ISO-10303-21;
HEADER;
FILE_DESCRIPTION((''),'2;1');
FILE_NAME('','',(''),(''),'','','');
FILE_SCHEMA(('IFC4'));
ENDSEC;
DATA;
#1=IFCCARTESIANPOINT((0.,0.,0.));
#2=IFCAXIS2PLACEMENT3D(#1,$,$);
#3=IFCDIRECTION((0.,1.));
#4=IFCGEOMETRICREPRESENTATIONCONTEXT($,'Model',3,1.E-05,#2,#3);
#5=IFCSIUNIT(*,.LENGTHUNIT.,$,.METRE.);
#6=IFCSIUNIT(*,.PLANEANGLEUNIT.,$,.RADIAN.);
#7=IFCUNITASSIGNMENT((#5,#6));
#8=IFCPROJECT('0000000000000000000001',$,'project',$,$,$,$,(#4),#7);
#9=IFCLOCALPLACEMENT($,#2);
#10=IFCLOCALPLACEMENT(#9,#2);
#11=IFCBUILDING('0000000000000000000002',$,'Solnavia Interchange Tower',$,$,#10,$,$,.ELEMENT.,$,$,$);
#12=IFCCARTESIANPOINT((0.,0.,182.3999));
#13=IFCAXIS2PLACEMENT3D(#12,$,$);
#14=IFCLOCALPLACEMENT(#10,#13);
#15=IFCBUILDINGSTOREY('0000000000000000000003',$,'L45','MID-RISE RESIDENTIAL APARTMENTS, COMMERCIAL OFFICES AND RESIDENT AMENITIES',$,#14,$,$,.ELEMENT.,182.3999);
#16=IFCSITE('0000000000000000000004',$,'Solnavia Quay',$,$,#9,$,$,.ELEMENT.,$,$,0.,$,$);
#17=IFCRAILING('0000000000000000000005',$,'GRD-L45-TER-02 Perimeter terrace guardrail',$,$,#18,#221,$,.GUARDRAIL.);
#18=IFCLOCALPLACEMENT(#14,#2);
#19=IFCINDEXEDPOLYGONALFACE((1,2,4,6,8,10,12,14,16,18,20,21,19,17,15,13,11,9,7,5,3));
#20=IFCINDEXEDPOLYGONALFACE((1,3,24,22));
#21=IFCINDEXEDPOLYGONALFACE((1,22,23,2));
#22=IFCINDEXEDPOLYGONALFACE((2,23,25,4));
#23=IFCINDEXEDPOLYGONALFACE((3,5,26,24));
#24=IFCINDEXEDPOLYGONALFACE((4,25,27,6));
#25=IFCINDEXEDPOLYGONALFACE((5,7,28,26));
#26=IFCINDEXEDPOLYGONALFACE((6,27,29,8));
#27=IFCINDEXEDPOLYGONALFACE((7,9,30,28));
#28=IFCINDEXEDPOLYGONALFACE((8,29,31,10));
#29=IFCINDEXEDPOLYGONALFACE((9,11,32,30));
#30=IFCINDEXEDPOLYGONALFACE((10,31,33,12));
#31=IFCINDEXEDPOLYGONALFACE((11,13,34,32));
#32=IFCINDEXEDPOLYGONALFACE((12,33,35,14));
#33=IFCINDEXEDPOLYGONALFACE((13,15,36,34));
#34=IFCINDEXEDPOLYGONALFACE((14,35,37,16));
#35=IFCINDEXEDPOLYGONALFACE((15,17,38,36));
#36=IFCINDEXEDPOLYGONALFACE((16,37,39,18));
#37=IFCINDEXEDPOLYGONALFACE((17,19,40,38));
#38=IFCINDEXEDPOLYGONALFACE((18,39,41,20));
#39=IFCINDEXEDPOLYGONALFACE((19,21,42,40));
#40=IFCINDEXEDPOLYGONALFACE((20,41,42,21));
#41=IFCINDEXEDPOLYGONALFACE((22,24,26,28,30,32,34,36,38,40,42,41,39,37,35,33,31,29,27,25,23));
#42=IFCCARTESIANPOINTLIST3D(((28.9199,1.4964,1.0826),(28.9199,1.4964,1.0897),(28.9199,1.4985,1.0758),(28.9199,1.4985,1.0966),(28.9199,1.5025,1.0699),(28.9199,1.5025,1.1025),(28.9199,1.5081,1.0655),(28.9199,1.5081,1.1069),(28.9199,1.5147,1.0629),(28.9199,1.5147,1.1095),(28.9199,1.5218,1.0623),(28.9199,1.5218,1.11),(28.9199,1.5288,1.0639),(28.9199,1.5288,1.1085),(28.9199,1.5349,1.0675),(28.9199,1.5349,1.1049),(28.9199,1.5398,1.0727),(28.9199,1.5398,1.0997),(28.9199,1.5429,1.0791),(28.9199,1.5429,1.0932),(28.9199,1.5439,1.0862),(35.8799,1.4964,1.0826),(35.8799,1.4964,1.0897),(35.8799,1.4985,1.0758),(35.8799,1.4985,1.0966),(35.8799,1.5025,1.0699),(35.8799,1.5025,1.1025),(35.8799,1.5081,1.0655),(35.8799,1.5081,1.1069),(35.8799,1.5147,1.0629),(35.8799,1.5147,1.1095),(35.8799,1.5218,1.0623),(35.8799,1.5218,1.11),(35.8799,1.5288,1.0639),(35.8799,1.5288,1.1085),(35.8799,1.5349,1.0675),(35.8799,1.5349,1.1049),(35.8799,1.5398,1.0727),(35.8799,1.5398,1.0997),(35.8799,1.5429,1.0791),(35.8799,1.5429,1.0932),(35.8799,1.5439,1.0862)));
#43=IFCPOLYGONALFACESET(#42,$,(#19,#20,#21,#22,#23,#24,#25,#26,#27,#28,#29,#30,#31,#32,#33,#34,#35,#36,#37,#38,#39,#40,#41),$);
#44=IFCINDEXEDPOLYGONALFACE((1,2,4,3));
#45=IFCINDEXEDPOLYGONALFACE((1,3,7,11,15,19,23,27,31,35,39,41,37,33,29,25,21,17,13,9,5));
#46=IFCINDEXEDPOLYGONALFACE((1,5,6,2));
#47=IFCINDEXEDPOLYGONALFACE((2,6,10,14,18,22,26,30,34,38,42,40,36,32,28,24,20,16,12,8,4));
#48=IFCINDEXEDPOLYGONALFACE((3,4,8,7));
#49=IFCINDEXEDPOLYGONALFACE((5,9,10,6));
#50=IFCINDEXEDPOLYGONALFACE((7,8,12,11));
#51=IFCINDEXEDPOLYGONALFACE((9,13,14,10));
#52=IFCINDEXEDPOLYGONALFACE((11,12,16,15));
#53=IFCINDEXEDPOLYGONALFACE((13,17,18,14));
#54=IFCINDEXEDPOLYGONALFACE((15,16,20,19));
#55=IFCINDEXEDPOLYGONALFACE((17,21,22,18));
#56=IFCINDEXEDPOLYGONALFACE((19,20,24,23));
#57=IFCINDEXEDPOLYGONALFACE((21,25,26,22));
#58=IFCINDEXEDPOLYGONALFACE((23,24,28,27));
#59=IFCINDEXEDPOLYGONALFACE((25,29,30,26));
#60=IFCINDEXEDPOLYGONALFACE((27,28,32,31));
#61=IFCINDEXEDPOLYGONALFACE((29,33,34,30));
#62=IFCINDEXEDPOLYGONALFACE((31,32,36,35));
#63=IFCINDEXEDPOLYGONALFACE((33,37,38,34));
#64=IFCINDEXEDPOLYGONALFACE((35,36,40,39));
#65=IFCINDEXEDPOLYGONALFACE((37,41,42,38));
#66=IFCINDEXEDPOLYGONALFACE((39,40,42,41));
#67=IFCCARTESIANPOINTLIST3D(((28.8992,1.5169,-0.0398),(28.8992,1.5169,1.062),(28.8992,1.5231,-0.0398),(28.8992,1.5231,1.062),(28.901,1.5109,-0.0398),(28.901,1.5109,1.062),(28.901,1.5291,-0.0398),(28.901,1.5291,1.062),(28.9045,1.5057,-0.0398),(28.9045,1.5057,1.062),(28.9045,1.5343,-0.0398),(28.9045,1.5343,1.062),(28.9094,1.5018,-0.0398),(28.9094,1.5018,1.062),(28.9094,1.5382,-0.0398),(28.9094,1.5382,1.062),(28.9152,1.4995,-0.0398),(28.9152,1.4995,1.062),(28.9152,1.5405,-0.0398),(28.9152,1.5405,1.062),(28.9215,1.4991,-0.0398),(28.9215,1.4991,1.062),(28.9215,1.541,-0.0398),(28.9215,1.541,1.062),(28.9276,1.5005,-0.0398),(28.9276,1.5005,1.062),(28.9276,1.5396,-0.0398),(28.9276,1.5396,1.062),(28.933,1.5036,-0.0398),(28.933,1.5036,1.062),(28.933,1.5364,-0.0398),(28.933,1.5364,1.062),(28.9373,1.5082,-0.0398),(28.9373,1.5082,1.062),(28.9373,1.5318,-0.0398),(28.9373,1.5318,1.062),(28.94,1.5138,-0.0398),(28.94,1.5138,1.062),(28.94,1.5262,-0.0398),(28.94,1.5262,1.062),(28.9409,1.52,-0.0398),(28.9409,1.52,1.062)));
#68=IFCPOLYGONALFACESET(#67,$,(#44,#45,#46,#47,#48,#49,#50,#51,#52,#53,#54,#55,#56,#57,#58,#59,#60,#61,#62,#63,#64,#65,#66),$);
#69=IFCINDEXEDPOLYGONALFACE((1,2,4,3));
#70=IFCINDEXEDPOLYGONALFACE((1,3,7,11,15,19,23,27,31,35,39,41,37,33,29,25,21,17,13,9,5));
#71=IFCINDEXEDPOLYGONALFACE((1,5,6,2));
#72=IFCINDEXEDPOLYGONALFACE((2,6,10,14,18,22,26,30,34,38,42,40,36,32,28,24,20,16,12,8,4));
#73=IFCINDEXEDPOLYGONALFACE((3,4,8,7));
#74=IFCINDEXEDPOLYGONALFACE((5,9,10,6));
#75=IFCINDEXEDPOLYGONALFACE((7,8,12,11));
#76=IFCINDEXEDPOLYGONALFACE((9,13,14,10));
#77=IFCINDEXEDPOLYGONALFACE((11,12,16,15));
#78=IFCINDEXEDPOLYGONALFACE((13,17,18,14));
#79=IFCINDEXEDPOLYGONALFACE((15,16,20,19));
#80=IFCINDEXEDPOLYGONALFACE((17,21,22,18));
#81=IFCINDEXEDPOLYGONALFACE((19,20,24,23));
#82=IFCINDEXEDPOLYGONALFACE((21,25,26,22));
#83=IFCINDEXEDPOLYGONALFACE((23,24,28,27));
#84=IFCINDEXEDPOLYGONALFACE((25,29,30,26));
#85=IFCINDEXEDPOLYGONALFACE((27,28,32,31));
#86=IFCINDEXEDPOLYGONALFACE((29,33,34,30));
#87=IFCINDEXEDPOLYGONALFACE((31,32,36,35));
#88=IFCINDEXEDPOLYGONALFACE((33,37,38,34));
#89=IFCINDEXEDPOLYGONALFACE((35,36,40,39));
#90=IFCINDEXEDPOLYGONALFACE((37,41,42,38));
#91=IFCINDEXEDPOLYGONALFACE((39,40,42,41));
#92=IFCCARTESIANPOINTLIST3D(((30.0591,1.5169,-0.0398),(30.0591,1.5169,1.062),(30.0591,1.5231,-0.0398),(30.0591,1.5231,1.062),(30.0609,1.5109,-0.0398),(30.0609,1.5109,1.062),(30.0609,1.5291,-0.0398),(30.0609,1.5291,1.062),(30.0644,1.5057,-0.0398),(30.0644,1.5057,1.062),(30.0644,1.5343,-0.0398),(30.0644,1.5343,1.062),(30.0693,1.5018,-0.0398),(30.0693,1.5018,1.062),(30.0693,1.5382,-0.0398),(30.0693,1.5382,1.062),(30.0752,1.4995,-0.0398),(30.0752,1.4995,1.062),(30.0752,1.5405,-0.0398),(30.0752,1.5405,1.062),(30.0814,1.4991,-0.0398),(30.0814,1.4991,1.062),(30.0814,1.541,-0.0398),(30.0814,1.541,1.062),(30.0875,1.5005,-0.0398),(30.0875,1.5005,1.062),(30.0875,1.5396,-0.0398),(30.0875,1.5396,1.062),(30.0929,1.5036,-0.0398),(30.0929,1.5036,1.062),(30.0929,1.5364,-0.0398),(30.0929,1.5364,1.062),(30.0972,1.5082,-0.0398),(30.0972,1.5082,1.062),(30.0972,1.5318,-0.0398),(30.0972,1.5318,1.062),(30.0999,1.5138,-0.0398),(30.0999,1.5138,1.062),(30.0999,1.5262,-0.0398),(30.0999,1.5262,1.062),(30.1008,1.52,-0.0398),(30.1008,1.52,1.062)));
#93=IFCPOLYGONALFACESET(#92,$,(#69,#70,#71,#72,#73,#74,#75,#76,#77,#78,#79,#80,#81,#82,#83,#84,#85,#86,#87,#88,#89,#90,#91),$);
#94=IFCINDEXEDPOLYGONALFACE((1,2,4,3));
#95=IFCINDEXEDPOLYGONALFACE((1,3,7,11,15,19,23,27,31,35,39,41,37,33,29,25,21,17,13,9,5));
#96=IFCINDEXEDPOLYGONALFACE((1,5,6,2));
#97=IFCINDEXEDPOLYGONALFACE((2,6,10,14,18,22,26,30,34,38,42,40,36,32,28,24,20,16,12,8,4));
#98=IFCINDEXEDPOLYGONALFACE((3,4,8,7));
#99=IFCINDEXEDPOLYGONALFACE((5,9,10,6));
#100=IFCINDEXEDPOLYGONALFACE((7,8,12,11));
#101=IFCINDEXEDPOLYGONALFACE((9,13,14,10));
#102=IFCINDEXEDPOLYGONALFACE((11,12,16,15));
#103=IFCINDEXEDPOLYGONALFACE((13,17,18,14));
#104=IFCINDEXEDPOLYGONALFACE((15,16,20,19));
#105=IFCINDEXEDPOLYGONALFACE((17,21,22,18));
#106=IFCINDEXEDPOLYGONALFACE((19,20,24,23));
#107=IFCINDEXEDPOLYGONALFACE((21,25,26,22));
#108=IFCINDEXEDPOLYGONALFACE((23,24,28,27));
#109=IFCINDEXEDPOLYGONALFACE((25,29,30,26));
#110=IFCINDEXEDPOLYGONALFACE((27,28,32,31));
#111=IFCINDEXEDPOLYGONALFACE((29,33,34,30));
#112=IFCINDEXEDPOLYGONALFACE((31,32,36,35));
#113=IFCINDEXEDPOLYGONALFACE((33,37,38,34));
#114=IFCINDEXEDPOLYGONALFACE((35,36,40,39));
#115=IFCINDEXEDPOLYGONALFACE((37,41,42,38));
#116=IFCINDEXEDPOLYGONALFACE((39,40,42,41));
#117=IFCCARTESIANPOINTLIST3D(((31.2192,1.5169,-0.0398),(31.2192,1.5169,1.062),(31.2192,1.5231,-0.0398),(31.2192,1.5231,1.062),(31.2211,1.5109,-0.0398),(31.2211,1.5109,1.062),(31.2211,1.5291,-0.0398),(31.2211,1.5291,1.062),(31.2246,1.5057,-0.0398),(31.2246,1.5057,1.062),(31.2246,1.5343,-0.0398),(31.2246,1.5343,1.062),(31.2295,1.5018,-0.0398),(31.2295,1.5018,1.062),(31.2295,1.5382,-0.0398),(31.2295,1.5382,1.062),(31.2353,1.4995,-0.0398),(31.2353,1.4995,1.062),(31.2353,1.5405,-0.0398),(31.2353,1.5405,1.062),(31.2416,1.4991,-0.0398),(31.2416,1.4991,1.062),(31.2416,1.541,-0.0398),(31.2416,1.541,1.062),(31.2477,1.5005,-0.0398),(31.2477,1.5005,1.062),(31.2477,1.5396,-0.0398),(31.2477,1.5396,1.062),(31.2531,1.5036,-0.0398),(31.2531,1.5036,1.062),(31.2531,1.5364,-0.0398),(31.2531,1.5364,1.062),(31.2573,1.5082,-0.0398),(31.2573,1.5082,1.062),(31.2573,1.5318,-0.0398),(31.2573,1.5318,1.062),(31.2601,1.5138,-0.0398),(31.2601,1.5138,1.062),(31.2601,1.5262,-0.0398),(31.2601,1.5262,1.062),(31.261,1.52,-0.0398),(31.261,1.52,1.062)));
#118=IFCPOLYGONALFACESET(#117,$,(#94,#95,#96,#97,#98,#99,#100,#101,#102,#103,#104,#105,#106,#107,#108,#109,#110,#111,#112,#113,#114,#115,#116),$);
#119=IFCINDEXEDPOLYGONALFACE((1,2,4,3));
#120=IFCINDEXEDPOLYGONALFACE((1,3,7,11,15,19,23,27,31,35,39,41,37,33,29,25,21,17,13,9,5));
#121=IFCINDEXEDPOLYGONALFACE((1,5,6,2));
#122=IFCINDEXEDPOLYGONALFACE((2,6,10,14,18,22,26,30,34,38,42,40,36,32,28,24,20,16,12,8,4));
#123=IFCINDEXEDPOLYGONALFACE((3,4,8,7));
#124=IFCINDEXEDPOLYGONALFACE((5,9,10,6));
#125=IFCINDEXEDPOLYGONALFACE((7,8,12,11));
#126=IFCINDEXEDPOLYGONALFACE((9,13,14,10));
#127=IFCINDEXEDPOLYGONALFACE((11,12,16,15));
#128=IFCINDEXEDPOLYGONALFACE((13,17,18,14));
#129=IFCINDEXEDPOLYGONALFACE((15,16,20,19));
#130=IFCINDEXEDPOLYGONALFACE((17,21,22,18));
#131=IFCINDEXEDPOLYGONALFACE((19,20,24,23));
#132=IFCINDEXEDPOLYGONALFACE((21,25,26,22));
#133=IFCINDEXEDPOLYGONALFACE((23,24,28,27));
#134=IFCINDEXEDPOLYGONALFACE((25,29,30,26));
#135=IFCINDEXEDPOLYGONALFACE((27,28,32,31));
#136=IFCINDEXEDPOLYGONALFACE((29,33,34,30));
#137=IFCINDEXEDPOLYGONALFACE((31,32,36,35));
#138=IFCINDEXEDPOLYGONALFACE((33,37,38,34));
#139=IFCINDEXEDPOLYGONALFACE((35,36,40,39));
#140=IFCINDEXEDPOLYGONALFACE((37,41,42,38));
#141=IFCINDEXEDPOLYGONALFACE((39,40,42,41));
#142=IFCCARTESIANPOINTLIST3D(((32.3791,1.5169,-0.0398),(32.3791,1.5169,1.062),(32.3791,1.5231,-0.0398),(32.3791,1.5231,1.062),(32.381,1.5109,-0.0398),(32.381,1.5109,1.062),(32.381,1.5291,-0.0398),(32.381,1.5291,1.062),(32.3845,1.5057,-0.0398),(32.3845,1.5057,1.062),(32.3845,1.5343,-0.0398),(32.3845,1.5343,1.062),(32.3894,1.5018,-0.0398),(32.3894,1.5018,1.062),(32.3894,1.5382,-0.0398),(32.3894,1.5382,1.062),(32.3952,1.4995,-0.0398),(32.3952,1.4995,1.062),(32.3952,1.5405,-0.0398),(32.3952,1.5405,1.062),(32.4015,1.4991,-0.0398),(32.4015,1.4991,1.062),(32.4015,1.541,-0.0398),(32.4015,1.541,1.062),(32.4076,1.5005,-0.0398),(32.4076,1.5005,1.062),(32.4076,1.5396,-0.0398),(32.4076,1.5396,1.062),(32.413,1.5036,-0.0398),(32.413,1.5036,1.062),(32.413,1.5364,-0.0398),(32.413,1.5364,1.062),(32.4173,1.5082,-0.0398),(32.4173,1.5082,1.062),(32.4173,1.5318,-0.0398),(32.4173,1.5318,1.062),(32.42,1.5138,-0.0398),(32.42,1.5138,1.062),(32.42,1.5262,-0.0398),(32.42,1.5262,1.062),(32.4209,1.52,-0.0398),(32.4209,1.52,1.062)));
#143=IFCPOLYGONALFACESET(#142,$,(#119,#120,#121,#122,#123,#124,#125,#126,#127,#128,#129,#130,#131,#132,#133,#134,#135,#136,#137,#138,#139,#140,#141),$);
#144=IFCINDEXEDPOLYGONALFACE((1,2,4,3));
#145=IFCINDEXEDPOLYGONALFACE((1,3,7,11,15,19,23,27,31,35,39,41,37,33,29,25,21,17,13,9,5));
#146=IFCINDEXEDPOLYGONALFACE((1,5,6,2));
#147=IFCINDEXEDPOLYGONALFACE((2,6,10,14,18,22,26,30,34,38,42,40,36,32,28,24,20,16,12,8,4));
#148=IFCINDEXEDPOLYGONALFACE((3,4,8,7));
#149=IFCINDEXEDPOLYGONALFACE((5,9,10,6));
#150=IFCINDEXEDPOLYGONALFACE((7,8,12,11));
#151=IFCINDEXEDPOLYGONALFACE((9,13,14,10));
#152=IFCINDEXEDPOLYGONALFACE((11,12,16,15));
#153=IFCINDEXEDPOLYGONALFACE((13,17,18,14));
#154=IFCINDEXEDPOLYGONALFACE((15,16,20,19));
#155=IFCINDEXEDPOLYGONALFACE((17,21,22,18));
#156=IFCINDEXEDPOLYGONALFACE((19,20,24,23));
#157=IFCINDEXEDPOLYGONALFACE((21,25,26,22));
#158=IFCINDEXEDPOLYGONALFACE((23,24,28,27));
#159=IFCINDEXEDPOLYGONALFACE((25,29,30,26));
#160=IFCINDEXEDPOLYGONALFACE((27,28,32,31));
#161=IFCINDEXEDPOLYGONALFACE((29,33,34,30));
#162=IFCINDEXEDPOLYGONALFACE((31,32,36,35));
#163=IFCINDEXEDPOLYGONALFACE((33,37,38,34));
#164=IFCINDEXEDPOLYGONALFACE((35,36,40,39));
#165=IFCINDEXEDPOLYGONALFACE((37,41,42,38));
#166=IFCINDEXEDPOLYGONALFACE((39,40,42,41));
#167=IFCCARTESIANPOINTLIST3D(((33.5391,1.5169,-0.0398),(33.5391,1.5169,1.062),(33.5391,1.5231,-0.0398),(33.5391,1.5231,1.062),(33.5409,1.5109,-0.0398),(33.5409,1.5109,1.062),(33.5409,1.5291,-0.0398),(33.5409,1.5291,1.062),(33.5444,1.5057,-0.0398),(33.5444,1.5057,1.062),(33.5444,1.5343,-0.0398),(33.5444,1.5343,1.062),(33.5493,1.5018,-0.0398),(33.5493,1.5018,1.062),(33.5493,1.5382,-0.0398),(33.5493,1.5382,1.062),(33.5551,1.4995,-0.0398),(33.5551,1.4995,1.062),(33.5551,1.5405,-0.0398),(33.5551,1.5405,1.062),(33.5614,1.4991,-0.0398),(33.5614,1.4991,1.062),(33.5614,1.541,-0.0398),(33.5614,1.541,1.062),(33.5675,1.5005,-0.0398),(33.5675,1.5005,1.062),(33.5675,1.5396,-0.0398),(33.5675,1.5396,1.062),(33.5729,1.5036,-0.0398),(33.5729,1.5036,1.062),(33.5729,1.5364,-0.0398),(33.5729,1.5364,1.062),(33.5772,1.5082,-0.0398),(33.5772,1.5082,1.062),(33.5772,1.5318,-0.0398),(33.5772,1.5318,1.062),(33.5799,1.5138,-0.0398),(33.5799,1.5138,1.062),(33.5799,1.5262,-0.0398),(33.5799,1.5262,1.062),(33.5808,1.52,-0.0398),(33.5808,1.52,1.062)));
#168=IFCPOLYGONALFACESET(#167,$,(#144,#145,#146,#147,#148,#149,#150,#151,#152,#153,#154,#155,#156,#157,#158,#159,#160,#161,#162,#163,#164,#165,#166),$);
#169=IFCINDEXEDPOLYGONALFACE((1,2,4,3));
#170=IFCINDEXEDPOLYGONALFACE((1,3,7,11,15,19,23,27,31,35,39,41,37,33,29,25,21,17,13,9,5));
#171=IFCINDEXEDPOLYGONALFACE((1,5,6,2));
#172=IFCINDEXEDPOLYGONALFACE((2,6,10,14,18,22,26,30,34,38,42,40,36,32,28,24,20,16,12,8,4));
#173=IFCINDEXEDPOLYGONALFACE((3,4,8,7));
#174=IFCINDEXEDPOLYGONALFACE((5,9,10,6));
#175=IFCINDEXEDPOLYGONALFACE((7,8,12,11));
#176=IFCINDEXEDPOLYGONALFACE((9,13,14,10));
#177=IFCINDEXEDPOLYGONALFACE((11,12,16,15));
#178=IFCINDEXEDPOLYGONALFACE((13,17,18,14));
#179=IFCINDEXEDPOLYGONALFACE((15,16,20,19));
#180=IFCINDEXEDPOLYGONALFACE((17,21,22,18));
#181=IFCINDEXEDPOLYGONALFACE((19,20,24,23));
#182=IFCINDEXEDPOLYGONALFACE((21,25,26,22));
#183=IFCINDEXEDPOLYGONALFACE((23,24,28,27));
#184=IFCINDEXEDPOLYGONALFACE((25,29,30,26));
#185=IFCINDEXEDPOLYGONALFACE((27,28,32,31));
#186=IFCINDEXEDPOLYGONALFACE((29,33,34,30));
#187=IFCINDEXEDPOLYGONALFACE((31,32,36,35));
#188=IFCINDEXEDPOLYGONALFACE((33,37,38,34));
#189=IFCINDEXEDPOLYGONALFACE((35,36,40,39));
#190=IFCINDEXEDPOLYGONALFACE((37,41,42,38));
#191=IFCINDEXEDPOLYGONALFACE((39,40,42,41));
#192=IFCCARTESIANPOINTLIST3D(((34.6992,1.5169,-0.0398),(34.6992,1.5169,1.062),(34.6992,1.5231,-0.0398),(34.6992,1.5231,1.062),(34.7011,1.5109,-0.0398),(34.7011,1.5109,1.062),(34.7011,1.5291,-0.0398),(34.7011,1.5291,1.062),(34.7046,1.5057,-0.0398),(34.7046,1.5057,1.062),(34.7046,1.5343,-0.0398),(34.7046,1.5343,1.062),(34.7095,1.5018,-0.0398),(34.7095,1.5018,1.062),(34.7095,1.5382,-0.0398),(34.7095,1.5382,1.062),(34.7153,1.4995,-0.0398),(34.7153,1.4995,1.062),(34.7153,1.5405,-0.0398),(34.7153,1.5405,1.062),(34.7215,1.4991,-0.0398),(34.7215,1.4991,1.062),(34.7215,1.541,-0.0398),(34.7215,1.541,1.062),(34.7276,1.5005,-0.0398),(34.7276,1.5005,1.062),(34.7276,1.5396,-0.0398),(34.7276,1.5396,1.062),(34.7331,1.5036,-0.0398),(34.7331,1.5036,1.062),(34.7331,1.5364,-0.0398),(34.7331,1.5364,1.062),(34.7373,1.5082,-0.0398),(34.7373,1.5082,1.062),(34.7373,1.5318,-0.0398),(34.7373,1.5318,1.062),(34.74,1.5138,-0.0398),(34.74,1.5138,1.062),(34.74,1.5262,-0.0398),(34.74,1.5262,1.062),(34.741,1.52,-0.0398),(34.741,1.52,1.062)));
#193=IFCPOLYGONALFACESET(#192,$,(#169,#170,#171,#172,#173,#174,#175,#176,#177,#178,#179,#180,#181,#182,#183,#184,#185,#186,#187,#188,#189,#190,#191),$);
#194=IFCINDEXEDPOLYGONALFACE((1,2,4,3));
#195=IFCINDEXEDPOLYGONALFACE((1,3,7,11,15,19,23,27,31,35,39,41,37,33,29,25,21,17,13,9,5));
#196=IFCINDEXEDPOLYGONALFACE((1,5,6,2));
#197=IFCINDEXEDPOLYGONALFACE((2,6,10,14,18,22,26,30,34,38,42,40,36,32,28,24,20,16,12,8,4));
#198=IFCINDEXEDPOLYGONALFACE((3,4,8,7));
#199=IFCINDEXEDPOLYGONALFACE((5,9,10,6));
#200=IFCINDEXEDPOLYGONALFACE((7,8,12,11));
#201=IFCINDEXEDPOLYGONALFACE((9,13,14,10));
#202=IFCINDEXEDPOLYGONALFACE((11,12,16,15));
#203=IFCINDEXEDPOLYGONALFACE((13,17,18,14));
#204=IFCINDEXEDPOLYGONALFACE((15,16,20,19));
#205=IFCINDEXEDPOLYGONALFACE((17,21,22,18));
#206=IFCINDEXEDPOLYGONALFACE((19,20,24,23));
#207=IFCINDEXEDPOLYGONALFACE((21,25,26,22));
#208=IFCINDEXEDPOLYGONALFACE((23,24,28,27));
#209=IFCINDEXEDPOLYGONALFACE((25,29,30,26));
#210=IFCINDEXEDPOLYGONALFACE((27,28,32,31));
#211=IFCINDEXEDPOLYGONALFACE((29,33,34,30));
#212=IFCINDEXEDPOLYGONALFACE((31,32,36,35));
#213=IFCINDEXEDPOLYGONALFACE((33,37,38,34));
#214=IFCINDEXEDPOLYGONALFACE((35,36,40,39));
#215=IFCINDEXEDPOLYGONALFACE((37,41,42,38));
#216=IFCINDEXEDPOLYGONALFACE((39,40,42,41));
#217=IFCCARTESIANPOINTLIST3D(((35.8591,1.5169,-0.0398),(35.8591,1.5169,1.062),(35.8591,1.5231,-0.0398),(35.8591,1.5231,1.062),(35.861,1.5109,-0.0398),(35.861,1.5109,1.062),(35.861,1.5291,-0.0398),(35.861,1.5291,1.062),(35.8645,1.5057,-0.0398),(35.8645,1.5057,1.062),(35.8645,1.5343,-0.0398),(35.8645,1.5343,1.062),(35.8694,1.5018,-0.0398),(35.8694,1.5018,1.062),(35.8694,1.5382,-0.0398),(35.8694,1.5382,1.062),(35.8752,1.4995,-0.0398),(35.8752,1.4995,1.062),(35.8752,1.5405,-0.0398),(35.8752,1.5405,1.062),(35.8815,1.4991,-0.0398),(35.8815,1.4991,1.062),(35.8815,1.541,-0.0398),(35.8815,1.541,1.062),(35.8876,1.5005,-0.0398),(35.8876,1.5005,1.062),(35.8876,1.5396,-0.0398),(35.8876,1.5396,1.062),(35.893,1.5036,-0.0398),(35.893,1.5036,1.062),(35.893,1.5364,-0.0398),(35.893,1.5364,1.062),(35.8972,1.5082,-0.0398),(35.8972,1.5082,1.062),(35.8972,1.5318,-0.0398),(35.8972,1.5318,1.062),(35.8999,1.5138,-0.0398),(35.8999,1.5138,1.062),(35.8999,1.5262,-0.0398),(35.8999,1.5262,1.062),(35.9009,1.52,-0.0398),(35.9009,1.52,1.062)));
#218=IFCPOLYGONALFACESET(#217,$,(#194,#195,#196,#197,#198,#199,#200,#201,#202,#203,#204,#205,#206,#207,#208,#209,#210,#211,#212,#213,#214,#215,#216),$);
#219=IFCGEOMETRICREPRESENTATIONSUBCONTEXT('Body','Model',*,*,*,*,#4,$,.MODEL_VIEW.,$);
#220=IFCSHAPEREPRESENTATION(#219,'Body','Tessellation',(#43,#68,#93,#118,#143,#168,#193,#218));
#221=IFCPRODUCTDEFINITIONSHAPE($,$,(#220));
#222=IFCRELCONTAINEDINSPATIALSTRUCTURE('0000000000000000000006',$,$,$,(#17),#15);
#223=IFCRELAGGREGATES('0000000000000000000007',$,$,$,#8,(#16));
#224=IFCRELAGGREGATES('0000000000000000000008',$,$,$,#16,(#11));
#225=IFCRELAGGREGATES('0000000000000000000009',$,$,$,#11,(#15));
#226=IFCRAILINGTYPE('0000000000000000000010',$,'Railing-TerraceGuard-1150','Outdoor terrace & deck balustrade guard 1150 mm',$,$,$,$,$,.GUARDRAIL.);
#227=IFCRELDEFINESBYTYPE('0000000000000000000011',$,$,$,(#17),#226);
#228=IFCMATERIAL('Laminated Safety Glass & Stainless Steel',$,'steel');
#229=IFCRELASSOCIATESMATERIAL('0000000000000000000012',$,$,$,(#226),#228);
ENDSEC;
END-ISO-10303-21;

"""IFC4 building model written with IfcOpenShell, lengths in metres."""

from ifc_helpers import new_model, si_unit, direction, frame, origin, origin_2d, place, context, subcontext, project, spatial, circle, extrude, material, type_object, element, save


model = new_model("IFC4")

# Units and contexts
model_context = context("Model", 3, precision=1e-05, world=origin(), true_north=direction((0.0, 1.0)))
body_context = subcontext(model_context, "Body", "Model", "MODEL_VIEW")
ifc_project = project(units=[si_unit("LENGTHUNIT", "METRE"), si_unit("PLANEANGLEUNIT", "RADIAN")], contexts=[model_context])

# Site, building, storey
site_placement = place(None, origin())
site = spatial("IfcSite", under=ifc_project, at=site_placement, Name="Solnavia Quay", CompositionType="ELEMENT", RefElevation=0.0)
building_placement = place(site_placement, origin())
building = spatial("IfcBuilding", under=site, at=building_placement, Name="Solnavia Interchange Tower", CompositionType="ELEMENT")
storey_placement = place(building_placement, frame((0.0, 0.0, 182.3999)))
storey = spatial("IfcBuildingStorey", under=building, at=storey_placement, Name="L45", Description="MID-RISE RESIDENTIAL APARTMENTS, COMMERCIAL OFFICES AND RESIDENT AMENITIES", CompositionType="ELEMENT", Elevation=182.3999)

# Railing
ifc_material_1 = material(Name="Laminated Safety Glass & Stainless Steel", Category="steel")
railing_type_1 = type_object("IfcRailingType", Name="Railing-TerraceGuard-1150", Description="Outdoor terrace & deck balustrade guard 1150 mm", PredefinedType="GUARDRAIL", material=ifc_material_1)
railing_1_placement = place(storey_placement, frame((28.9199, 1.52, -0.0398)))
element("IfcRailing", 1, at=railing_1_placement, inside=storey, type_object=railing_type_1, Name="GRD-L45-TER-02 Perimeter terrace guardrail", PredefinedType="GUARDRAIL", context=body_context, shape_type="SweptSolid", body=[
    extrude(circle(Radius=0.0239, at=origin_2d()), frame((0.0, 0.0, 1.126), z_axis=(1.0, 0.0, 0.0), x_axis=(0.0, 1.0, 0.0)), (0.0, 0.0, 1.0), 6.96),
    extrude(circle(Radius=0.021, at=origin_2d()), origin(), (0.0, 0.0, 1.0), 1.1018),
    extrude(circle(Radius=0.021, at=origin_2d()), frame((1.1599, 0.0, 0.0)), (0.0, 0.0, 1.0), 1.1018),
    extrude(circle(Radius=0.021, at=origin_2d()), frame((2.3201, 0.0, 0.0)), (0.0, 0.0, 1.0), 1.1018),
    extrude(circle(Radius=0.021, at=origin_2d()), frame((3.48, 0.0, 0.0)), (0.0, 0.0, 1.0), 1.1018),
    extrude(circle(Radius=0.021, at=origin_2d()), frame((4.6399, 0.0, 0.0)), (0.0, 0.0, 1.0), 1.1018),
    extrude(circle(Radius=0.021, at=origin_2d()), frame((5.8, 0.0, 0.0)), (0.0, 0.0, 1.0), 1.1018),
    extrude(circle(Radius=0.021, at=origin_2d()), frame((6.96, 0.0, 0.0)), (0.0, 0.0, 1.0), 1.1018),
])

save(model, "model.ifc")
